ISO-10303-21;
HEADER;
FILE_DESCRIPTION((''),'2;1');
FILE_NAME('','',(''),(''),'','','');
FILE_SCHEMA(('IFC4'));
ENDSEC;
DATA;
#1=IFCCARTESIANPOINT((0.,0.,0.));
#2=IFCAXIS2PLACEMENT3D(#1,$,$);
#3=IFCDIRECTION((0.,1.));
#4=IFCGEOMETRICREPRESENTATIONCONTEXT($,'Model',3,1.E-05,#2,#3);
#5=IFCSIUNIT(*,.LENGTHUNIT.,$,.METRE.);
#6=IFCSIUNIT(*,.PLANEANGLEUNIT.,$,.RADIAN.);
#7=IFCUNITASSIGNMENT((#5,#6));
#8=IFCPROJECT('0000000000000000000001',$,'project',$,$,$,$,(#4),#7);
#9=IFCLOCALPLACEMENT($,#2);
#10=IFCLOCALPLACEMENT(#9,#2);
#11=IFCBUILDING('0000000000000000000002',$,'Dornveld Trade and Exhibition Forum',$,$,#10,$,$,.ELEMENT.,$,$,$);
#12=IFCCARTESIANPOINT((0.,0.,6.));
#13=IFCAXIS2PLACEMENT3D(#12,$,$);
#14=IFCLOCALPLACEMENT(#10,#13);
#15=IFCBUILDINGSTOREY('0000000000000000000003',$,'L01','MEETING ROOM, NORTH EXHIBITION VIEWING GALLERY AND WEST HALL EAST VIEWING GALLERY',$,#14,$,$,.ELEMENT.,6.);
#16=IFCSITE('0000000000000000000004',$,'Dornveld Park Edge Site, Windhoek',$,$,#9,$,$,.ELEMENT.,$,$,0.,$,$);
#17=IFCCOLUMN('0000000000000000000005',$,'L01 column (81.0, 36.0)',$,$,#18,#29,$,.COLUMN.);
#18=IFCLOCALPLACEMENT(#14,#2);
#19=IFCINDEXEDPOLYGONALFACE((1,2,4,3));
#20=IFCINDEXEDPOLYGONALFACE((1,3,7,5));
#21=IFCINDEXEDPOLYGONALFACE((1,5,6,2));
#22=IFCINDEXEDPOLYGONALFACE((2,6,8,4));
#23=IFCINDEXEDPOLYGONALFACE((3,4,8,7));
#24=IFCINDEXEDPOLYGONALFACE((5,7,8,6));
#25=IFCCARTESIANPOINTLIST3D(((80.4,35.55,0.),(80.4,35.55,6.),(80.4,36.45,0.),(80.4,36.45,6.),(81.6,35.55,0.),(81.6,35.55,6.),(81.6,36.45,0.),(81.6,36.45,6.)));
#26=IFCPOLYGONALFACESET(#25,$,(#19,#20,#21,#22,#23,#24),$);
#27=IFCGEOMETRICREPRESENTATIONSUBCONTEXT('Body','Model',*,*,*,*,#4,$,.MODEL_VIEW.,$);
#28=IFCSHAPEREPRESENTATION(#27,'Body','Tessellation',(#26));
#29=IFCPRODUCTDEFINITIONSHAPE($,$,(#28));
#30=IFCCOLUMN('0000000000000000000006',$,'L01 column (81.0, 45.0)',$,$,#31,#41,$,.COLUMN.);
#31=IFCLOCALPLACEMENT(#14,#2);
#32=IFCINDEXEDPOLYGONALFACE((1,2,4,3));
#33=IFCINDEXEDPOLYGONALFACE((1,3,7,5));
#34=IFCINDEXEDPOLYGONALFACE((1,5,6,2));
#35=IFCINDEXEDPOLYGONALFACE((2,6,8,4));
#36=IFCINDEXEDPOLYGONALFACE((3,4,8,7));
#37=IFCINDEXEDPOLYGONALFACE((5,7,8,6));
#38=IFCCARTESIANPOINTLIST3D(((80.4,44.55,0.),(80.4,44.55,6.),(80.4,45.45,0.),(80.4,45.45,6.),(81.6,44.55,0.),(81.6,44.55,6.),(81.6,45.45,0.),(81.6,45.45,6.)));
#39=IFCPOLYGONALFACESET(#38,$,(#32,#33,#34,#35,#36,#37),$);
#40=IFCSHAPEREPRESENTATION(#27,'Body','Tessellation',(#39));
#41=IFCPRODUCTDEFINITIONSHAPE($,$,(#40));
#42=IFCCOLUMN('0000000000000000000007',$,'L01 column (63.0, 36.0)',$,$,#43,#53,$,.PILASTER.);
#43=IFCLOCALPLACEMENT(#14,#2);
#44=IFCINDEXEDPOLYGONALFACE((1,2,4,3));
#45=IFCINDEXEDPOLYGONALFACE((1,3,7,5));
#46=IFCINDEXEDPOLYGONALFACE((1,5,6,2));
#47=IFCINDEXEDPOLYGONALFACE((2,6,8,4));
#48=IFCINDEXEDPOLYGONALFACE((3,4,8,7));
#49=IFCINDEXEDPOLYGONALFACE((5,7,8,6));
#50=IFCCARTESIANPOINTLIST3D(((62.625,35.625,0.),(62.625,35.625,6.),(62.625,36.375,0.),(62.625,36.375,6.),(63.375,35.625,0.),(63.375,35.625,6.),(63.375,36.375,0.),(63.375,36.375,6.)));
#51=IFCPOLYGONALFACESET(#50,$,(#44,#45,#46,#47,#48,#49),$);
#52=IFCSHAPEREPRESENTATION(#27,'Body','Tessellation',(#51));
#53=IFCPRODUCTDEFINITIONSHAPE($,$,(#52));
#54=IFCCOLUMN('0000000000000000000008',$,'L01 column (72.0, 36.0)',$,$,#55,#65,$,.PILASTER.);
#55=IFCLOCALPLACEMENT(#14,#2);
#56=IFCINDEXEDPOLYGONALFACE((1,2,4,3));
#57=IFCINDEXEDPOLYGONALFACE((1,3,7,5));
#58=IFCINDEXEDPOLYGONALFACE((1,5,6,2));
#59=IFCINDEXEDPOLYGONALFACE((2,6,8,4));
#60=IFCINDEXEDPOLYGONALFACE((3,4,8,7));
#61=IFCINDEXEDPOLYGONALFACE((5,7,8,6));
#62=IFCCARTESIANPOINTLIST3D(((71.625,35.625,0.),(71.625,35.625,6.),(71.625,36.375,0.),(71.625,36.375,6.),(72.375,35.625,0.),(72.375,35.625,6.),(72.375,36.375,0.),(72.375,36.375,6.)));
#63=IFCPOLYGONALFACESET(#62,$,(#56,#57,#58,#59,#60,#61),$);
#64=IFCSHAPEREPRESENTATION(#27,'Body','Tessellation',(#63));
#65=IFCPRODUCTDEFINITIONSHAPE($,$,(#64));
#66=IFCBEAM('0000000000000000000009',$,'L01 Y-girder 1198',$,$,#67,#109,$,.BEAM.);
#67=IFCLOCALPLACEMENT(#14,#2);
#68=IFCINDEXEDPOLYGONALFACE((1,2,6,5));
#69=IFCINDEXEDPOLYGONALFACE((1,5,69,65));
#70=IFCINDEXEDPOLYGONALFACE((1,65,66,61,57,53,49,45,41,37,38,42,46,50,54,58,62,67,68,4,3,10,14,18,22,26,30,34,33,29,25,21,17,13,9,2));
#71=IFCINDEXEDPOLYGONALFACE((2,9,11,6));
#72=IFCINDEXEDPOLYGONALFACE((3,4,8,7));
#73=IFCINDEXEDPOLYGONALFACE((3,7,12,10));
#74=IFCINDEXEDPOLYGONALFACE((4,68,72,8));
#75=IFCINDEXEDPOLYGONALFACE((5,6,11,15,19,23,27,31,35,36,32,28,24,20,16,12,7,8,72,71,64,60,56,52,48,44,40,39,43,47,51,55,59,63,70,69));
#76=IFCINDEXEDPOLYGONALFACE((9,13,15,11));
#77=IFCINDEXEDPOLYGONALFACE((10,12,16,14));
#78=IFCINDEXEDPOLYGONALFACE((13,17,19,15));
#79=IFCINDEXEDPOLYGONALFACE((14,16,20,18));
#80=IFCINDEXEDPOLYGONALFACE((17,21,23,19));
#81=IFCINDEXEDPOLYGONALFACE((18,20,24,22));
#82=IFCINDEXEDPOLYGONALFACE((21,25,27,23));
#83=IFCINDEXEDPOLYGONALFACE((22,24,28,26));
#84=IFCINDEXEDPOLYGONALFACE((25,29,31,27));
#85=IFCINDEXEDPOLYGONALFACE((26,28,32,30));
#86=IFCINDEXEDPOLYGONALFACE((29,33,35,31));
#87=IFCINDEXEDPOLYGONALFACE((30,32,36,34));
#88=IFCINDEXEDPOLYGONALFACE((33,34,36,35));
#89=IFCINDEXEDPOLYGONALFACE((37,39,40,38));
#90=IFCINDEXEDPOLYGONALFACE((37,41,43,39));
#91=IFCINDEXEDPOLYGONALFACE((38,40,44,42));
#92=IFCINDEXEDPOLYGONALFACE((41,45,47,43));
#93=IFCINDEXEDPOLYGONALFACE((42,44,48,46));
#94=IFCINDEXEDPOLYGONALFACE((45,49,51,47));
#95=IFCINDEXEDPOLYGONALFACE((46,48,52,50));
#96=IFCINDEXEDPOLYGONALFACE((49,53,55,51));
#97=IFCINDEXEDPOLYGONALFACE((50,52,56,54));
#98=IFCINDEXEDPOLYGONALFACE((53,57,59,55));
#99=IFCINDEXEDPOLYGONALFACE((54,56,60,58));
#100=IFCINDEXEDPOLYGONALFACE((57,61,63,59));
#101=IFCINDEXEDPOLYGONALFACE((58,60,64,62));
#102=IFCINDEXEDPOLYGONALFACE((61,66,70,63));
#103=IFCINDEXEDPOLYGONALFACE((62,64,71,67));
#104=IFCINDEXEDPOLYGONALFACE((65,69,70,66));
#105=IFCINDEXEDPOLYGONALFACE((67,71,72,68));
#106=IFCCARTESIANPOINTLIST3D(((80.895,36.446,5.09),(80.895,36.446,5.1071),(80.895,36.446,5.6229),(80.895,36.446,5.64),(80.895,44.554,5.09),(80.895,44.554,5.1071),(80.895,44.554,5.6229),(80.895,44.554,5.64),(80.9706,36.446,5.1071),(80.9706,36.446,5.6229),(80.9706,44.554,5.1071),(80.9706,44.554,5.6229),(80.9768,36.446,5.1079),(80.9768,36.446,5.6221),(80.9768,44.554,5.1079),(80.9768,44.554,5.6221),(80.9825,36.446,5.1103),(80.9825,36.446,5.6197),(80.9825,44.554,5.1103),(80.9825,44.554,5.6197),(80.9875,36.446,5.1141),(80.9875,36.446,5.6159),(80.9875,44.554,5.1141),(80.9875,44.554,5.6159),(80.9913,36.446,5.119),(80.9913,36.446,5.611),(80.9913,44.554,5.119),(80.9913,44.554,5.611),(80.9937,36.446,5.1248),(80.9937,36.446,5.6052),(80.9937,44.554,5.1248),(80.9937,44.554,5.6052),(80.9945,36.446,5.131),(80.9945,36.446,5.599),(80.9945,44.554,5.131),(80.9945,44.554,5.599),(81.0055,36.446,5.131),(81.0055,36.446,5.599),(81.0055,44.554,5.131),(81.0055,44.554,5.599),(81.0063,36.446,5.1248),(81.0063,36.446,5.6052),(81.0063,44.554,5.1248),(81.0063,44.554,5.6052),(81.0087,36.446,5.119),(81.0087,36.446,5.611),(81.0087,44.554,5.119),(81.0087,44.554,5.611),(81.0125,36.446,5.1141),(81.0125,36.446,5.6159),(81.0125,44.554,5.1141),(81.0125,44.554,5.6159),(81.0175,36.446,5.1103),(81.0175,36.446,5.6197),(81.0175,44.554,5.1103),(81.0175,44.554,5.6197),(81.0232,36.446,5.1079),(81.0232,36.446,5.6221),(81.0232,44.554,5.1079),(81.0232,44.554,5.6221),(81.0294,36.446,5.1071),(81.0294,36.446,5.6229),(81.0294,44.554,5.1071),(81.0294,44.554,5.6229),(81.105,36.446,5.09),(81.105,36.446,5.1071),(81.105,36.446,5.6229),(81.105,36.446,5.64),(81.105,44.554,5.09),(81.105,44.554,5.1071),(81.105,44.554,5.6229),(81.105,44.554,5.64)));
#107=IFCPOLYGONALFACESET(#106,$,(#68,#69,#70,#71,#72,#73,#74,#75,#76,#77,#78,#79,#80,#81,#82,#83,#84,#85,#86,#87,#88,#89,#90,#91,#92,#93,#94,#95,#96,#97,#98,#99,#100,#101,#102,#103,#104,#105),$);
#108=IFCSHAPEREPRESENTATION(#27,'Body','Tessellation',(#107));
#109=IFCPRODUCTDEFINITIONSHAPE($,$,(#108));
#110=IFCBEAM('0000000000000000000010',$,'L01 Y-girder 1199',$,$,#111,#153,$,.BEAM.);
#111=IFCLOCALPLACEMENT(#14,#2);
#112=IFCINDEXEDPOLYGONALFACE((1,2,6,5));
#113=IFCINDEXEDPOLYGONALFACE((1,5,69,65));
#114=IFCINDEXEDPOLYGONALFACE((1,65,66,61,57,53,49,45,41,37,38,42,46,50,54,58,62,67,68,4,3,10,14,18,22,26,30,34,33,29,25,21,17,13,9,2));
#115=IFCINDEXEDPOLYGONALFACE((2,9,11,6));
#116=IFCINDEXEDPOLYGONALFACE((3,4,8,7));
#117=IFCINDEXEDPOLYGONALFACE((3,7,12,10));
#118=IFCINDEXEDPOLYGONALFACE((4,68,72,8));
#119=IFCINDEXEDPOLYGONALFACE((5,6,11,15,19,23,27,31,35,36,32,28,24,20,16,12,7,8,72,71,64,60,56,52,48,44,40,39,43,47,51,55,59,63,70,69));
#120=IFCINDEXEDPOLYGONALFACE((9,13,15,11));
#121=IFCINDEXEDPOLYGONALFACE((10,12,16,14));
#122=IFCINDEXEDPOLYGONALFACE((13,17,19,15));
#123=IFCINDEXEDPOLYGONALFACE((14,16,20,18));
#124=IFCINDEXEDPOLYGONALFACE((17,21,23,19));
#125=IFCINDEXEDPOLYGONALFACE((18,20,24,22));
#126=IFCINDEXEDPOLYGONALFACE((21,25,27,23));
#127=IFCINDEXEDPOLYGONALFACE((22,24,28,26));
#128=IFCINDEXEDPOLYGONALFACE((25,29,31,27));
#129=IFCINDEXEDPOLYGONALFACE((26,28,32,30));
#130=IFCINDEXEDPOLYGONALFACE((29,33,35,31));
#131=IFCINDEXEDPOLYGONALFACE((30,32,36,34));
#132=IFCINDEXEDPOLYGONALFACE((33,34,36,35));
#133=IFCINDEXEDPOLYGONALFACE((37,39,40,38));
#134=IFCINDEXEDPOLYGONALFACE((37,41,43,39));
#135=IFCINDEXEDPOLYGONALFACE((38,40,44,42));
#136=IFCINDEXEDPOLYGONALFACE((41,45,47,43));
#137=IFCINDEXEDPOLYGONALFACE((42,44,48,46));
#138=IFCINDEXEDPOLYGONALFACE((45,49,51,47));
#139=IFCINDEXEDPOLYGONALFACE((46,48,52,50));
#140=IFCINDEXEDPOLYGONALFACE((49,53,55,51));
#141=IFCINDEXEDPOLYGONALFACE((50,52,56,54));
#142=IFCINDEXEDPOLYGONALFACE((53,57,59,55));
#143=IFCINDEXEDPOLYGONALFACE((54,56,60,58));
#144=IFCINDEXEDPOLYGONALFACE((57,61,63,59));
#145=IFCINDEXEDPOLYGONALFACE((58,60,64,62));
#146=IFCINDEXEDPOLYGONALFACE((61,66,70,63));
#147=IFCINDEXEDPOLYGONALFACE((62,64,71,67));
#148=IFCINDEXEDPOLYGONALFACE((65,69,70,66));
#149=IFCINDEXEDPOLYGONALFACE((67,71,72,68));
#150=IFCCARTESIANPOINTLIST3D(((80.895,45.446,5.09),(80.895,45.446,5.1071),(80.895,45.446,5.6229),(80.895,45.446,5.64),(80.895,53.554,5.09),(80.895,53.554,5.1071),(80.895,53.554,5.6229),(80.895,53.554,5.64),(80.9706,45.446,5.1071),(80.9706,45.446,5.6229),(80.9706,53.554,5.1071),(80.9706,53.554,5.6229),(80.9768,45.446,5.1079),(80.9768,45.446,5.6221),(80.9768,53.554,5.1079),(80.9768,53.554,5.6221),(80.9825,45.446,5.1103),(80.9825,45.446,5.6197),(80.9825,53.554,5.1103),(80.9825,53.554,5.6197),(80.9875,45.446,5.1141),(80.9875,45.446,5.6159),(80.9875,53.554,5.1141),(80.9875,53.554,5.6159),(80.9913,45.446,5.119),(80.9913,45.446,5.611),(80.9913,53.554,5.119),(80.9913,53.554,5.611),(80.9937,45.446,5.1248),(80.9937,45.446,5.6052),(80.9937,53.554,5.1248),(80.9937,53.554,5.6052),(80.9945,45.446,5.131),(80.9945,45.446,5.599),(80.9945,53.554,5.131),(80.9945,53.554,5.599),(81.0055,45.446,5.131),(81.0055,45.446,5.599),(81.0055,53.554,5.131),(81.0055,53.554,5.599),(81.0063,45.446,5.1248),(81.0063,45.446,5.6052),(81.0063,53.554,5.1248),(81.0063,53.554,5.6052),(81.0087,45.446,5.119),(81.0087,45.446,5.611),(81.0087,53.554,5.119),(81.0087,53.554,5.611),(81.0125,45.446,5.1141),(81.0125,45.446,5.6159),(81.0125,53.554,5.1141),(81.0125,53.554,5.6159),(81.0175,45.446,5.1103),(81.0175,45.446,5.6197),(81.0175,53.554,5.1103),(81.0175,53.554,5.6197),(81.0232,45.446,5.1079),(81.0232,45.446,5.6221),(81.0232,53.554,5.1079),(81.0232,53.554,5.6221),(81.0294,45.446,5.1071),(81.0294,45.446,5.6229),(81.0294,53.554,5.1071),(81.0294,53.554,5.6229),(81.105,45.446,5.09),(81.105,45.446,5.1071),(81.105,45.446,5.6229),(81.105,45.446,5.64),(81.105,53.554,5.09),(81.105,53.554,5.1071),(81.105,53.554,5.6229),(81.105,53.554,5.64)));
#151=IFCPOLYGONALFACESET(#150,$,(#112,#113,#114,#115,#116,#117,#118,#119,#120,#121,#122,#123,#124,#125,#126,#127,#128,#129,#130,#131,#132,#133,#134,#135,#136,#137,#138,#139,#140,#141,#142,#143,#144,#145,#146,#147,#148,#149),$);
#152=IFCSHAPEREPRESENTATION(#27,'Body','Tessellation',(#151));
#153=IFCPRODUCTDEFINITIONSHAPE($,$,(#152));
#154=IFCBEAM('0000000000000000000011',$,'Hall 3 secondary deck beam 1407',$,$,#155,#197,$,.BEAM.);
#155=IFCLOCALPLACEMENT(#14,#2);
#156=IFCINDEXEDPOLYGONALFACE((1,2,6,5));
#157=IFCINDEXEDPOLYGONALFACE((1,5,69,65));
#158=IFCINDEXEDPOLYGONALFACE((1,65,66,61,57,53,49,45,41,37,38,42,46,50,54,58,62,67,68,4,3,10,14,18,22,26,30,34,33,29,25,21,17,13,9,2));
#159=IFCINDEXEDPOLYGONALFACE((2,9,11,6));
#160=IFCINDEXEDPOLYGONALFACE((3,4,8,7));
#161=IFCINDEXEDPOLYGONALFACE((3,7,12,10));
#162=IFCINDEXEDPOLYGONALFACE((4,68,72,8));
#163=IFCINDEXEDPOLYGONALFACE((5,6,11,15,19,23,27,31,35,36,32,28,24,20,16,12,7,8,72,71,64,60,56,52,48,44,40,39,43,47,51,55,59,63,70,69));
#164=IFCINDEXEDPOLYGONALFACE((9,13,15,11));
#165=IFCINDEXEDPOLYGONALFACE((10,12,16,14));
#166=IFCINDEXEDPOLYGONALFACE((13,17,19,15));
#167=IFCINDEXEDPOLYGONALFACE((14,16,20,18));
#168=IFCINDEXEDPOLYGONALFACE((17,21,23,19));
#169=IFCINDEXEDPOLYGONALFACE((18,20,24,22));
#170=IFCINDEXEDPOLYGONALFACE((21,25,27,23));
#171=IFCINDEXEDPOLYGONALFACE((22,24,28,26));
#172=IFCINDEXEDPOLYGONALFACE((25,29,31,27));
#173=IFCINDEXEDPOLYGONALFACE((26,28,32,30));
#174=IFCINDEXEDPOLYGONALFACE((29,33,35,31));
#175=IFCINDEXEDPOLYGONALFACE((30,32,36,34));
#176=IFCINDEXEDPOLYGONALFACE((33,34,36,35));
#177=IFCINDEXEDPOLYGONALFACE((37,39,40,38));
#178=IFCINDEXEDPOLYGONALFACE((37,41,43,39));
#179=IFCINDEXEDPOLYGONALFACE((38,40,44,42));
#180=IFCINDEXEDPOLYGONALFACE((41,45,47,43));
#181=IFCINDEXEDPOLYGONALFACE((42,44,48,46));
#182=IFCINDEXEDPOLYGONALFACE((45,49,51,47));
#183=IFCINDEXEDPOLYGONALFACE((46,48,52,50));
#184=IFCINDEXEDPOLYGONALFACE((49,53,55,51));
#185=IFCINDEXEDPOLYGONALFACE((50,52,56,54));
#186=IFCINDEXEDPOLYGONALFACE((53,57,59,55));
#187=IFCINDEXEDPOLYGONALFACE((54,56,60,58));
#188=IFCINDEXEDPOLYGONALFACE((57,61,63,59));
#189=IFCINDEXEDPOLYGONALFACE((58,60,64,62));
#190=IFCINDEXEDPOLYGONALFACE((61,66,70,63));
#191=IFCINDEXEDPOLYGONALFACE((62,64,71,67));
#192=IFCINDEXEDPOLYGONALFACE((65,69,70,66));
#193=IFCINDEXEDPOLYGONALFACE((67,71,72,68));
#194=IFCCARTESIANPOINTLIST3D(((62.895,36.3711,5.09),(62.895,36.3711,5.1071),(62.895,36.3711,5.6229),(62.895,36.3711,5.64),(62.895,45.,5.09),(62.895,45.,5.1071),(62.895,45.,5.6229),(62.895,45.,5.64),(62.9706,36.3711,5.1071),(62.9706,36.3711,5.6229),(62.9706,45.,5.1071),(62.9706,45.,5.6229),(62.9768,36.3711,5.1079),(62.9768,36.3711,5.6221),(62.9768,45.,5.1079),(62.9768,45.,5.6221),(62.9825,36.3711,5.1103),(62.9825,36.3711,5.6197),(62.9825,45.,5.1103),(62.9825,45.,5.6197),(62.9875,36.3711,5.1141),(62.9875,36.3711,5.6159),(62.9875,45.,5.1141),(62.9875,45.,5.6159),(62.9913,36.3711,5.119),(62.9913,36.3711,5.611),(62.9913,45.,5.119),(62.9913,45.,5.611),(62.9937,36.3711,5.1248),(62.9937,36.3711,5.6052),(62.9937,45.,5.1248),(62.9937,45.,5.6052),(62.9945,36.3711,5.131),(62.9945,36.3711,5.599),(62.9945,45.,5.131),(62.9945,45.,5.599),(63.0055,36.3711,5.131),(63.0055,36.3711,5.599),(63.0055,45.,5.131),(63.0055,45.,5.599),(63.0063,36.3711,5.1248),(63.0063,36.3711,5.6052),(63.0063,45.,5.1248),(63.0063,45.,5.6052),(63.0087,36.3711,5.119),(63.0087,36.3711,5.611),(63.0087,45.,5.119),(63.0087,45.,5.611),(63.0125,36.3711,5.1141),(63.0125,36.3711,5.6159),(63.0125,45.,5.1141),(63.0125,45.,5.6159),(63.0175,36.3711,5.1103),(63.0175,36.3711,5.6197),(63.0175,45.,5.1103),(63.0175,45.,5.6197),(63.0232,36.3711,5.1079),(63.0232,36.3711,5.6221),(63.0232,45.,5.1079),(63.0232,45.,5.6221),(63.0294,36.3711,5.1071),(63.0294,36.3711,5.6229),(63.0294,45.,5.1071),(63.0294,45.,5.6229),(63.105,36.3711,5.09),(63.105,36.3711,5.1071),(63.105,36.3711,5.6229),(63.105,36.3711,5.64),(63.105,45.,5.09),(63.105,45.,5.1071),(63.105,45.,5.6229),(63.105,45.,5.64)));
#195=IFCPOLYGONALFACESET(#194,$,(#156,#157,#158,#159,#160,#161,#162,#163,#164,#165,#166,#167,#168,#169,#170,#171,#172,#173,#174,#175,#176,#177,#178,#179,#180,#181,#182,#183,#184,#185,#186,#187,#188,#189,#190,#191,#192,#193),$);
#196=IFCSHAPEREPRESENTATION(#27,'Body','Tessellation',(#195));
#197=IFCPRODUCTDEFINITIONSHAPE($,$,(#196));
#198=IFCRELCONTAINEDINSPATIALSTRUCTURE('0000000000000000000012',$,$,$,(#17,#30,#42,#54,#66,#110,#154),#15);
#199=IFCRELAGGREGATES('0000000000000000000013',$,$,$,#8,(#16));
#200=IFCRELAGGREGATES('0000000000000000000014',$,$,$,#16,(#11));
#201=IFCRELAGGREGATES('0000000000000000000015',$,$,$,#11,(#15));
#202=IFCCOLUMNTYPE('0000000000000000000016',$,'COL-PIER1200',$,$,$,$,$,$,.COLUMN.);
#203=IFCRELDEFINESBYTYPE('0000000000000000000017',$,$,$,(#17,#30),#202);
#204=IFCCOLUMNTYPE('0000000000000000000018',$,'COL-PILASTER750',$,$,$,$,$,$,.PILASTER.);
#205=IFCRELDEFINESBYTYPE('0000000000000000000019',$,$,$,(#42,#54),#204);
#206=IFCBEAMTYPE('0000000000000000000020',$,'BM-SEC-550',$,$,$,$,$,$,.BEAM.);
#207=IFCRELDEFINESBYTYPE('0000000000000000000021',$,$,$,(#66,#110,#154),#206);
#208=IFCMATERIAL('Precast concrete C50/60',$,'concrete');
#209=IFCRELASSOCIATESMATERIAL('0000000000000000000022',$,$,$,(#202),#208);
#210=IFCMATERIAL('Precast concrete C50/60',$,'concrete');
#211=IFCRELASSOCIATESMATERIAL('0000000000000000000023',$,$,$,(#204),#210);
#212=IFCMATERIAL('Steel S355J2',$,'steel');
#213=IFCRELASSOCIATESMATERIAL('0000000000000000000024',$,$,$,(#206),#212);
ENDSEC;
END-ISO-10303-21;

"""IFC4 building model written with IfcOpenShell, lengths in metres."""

from ifc_helpers import new_model, si_unit, direction, frame, origin, origin_2d, place, context, subcontext, project, spatial, rectangle, i_section, extrude, material, material_profile, profile_set, type_object, element, save


model = new_model("IFC4")

# Units and contexts
model_context = context("Model", 3, precision=1e-05, world=origin(), true_north=direction((0.0, 1.0)))
body_context = subcontext(model_context, "Body", "Model", "MODEL_VIEW")
ifc_project = project(units=[si_unit("LENGTHUNIT", "METRE"), si_unit("PLANEANGLEUNIT", "RADIAN")], contexts=[model_context])

# Site, building, storey
site_placement = place(None, origin())
site = spatial("IfcSite", under=ifc_project, at=site_placement, Name="Dornveld Park Edge Site, Windhoek", CompositionType="ELEMENT", RefElevation=0.0)
building_placement = place(site_placement, origin())
building = spatial("IfcBuilding", under=site, at=building_placement, Name="Dornveld Trade and Exhibition Forum", CompositionType="ELEMENT")
storey_placement = place(building_placement, frame((0.0, 0.0, 6.0)))
storey = spatial("IfcBuildingStorey", under=building, at=storey_placement, Name="L01", Description="MEETING ROOM, NORTH EXHIBITION VIEWING GALLERY AND WEST HALL EAST VIEWING GALLERY", CompositionType="ELEMENT", Elevation=6.0)

# Columns
ifc_material_1 = material(Name="Precast concrete C50/60", Category="concrete")
ifc_material_profile_1 = material_profile(ifc_material_1, rectangle(XDim=1.2, YDim=0.8999, at=origin_2d()), Name="PC-PIER 1200x900")
ifc_profile_set_1 = profile_set([ifc_material_profile_1], Name="Precast concrete C50/60")
column_type_1 = type_object("IfcColumnType", Name="COL-PIER1200", PredefinedType="COLUMN", material=ifc_profile_set_1)
for number, where, z_axis, x_axis, name in (
    (1, (81.0, 36.0, 0.0), (0.0, 0.0, 1.0), (1.0, 0.0, 0.0), "L01 column (81.0, 36.0)"),
    (2, (81.0, 45.0, 0.0), (0.0, 0.0, 1.0), (1.0, 0.0, 0.0), "L01 column (81.0, 45.0)"),
):
    element("IfcColumn", number, at=place(storey_placement, frame(where, z_axis=z_axis, x_axis=x_axis)), inside=storey, type_object=column_type_1, Name=name, PredefinedType="COLUMN", context=body_context, shape_type="SweptSolid", body=[
        extrude(rectangle(XDim=1.2, YDim=0.8999, at=origin_2d()), origin(), (0.0, 0.0, 1.0), 6.0),
    ])
ifc_material_2 = material(Name="Precast concrete C50/60", Category="concrete")
ifc_material_profile_2 = material_profile(ifc_material_2, rectangle(XDim=0.75, YDim=0.75, at=origin_2d()), Name="PC-COL 750x750")
ifc_profile_set_2 = profile_set([ifc_material_profile_2], Name="Precast concrete C50/60")
column_type_2 = type_object("IfcColumnType", Name="COL-PILASTER750", PredefinedType="PILASTER", material=ifc_profile_set_2)
for number, where, z_axis, x_axis, name in (
    (3, (63.0, 36.0, 0.0), (0.0, 0.0, 1.0), (1.0, 0.0, 0.0), "L01 column (63.0, 36.0)"),
    (4, (72.0, 36.0, 0.0), (0.0, 0.0, 1.0), (1.0, 0.0, 0.0), "L01 column (72.0, 36.0)"),
):
    element("IfcColumn", number, at=place(storey_placement, frame(where, z_axis=z_axis, x_axis=x_axis)), inside=storey, type_object=column_type_2, Name=name, PredefinedType="PILASTER", context=body_context, shape_type="SweptSolid", body=[
        extrude(rectangle(XDim=0.75, YDim=0.75, at=origin_2d()), origin(), (0.0, 0.0, 1.0), 6.0),
    ])

# Beams
ifc_material_3 = material(Name="Steel S355J2", Category="steel")
ifc_material_profile_3 = material_profile(ifc_material_3, i_section(OverallWidth=0.21, OverallDepth=0.55, WebThickness=0.011, FlangeThickness=0.0171, FilletRadius=0.0239, at=origin_2d()), Name="IPE 550")
ifc_profile_set_3 = profile_set([ifc_material_profile_3], Name="Steel S355J2")
beam_type_1 = type_object("IfcBeamType", Name="BM-SEC-550", PredefinedType="BEAM", material=ifc_profile_set_3)
for number, where, z_axis, x_axis, name in (
    (5, (81.0, 36.446, 5.365), (0.0, 1.0, 0.0), (-1.0, 0.0, 0.0), "L01 Y-girder 1198"),
    (6, (81.0, 45.446, 5.365), (0.0, 1.0, 0.0), (-1.0, 0.0, 0.0), "L01 Y-girder 1199"),
):
    element("IfcBeam", number, at=place(storey_placement, frame(where, z_axis=z_axis, x_axis=x_axis)), inside=storey, type_object=beam_type_1, Name=name, PredefinedType="BEAM", context=body_context, shape_type="SweptSolid", body=[
        extrude(i_section(OverallWidth=0.21, OverallDepth=0.55, WebThickness=0.011, FlangeThickness=0.0171, FilletRadius=0.0239, at=origin_2d()), origin(), (0.0, 0.0, 1.0), 8.1079),
    ])
beam_1_placement = place(storey_placement, frame((63.0, 36.3711, 5.365), z_axis=(0.0, 1.0, 0.0), x_axis=(-1.0, 0.0, 0.0)))
element("IfcBeam", 7, at=beam_1_placement, inside=storey, type_object=beam_type_1, Name="Hall 3 secondary deck beam 1407", PredefinedType="BEAM", context=body_context, shape_type="SweptSolid", body=[
    extrude(i_section(OverallWidth=0.21, OverallDepth=0.55, WebThickness=0.011, FlangeThickness=0.0171, FilletRadius=0.0239, at=origin_2d()), origin(), (0.0, 0.0, 1.0), 8.6289),
])

save(model, "model.ifc")
